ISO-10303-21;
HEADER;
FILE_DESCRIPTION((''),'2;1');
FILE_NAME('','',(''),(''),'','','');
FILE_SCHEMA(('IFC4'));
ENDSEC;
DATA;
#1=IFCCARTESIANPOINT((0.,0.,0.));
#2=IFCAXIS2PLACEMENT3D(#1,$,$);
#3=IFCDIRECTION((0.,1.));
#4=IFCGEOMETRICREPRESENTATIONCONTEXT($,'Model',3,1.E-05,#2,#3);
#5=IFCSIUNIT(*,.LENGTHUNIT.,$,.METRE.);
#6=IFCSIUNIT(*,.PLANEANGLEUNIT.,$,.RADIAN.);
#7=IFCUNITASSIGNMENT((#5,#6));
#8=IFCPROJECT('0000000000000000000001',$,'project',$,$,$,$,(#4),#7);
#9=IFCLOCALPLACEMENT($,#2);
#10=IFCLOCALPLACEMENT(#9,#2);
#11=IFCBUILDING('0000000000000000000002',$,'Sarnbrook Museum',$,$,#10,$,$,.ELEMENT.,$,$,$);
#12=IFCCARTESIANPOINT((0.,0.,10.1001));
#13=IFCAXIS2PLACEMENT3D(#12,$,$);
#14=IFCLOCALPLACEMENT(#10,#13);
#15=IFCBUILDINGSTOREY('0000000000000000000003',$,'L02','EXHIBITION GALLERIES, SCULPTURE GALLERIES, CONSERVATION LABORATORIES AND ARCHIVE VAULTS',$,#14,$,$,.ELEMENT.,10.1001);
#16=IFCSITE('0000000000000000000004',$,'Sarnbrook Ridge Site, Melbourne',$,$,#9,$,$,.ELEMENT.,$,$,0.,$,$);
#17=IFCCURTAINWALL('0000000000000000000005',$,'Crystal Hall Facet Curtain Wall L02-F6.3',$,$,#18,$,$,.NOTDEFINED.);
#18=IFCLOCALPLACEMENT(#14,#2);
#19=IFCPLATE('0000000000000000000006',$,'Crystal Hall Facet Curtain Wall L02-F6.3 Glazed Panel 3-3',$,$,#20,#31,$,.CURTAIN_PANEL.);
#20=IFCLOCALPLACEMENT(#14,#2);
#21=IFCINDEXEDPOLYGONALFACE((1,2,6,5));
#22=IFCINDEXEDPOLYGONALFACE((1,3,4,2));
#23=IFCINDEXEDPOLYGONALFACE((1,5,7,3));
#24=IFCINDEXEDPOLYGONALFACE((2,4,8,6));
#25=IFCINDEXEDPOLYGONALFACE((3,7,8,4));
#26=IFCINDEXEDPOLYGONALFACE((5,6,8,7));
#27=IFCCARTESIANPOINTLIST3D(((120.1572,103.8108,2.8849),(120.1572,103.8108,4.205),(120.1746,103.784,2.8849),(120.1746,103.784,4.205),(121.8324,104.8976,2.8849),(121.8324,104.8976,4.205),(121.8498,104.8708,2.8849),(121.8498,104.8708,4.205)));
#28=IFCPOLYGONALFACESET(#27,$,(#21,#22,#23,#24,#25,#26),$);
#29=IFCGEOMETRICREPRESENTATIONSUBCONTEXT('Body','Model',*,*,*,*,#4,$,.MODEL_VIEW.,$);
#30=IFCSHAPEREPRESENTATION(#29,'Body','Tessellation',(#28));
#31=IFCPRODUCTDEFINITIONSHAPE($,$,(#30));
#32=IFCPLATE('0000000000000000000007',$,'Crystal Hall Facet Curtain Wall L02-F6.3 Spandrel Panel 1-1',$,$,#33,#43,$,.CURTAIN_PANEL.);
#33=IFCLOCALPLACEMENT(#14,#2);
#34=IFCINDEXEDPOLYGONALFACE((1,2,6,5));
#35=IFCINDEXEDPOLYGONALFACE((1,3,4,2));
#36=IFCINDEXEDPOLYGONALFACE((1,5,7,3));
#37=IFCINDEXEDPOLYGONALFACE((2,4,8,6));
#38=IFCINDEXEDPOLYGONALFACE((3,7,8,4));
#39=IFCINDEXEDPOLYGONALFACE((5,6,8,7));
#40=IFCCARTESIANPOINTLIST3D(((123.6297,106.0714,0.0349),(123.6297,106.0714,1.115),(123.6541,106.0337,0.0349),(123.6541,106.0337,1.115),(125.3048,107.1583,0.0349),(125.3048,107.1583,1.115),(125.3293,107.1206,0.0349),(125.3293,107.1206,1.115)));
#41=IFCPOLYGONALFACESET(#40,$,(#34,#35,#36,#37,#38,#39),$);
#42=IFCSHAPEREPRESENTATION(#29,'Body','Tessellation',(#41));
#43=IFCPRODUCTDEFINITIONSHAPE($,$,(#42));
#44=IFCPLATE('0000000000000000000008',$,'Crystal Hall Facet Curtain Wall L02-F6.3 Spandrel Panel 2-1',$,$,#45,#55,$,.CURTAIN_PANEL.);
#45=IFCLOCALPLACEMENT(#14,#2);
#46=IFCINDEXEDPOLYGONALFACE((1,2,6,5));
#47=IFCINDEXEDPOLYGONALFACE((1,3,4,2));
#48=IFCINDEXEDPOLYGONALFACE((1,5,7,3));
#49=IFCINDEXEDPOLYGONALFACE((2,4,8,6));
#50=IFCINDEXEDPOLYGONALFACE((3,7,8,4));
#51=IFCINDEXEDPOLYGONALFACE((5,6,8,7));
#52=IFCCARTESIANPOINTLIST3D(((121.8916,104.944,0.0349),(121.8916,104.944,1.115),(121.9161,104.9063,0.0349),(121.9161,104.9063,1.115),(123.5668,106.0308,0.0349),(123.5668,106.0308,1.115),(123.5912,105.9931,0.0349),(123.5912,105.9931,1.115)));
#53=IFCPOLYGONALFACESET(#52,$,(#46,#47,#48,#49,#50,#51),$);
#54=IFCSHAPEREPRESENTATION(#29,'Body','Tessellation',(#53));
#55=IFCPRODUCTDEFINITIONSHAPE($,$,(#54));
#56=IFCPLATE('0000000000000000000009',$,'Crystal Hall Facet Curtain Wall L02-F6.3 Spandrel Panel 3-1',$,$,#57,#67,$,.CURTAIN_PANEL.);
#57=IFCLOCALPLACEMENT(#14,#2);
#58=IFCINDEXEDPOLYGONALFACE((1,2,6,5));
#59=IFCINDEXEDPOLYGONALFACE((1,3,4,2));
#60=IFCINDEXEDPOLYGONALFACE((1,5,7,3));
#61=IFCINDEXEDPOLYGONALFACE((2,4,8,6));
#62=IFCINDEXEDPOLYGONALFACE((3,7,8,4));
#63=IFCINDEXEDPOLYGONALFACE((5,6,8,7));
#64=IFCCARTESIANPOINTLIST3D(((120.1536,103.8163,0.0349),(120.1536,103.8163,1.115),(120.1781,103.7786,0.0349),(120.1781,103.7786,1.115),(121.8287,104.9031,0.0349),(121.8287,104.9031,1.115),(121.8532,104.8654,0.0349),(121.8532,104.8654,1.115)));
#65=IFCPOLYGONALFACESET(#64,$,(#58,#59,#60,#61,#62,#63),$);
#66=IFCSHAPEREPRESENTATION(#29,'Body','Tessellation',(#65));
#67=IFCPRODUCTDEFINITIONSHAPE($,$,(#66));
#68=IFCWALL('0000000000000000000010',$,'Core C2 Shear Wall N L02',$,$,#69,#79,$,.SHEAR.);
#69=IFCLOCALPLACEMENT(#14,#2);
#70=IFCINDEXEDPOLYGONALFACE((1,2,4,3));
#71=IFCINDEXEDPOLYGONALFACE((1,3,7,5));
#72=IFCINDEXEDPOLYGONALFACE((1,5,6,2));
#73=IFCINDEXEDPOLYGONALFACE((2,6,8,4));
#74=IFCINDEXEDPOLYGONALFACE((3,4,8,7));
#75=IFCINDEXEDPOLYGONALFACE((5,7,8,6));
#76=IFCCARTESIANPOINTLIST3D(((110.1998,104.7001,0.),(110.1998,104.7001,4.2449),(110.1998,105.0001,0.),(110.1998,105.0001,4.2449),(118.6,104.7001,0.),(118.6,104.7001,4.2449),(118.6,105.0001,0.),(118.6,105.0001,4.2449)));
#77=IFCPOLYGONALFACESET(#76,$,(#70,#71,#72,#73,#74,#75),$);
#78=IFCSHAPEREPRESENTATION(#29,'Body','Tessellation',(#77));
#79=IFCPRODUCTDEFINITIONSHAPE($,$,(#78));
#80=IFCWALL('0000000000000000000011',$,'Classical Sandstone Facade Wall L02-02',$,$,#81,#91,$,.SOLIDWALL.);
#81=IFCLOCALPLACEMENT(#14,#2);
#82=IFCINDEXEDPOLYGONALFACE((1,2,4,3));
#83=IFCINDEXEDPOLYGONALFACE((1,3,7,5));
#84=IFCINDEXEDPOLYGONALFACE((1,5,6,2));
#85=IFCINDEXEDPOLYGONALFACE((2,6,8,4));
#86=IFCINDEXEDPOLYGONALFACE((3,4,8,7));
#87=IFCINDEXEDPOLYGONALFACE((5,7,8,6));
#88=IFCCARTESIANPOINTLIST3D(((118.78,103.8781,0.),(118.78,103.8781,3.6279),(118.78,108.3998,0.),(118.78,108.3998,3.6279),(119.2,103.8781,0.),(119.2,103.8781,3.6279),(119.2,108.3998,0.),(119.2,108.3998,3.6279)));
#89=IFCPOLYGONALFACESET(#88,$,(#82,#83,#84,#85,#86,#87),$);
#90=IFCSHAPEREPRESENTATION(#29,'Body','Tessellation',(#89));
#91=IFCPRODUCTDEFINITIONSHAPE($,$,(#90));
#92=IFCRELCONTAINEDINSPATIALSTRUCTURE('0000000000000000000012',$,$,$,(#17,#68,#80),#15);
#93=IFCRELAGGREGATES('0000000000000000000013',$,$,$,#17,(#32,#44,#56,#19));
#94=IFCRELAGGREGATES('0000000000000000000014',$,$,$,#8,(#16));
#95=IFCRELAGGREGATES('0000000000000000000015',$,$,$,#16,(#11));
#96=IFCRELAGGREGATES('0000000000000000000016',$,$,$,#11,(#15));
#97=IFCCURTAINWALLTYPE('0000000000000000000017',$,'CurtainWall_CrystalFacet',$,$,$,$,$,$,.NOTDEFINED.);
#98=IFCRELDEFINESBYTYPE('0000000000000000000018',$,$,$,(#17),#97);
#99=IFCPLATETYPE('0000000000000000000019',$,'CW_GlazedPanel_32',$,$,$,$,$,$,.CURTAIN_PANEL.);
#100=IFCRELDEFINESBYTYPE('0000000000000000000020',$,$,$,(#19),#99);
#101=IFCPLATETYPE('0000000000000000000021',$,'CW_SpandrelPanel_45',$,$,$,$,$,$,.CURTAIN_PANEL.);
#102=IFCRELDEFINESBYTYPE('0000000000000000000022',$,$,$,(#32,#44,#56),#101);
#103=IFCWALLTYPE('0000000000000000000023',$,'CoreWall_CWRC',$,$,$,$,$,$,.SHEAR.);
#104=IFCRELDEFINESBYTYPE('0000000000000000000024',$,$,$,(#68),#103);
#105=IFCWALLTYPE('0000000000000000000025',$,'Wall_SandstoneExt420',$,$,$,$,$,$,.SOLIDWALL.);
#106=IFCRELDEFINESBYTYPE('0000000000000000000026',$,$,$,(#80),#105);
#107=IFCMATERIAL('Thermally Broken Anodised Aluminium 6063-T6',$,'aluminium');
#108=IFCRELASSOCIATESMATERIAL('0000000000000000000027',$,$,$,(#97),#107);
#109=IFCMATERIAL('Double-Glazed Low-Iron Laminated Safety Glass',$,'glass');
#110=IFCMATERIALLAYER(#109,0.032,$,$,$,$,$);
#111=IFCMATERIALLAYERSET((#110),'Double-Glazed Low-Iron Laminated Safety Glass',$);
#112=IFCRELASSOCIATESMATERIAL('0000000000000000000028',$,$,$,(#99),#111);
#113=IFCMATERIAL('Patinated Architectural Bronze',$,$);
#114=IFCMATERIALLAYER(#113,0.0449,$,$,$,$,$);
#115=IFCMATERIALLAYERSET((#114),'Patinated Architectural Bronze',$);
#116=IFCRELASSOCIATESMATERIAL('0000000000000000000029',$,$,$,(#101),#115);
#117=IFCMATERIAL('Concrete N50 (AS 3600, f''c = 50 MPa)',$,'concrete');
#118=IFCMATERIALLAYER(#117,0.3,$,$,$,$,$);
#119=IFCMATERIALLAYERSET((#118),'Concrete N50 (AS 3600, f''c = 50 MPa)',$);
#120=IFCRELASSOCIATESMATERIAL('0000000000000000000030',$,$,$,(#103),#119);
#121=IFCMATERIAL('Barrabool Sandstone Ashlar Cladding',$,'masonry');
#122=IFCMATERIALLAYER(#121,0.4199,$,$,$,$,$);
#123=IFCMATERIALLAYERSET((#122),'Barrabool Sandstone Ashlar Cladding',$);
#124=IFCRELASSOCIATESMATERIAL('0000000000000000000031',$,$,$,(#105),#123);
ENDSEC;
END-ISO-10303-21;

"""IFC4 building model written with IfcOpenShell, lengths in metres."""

from ifc_helpers import new_model, si_unit, direction, frame, frame_2d, origin, origin_2d, place, context, subcontext, project, spatial, rectangle, extrude, material, layer, layer_set, type_object, element, aggregate, save


model = new_model("IFC4")

# Units and contexts
model_context = context("Model", 3, precision=1e-05, world=origin(), true_north=direction((0.0, 1.0)))
body_context = subcontext(model_context, "Body", "Model", "MODEL_VIEW")
ifc_project = project(units=[si_unit("LENGTHUNIT", "METRE"), si_unit("PLANEANGLEUNIT", "RADIAN")], contexts=[model_context])

# Site, building, storey
site_placement = place(None, origin())
site = spatial("IfcSite", under=ifc_project, at=site_placement, Name="Sarnbrook Ridge Site, Melbourne", CompositionType="ELEMENT", RefElevation=0.0)
building_placement = place(site_placement, origin())
building = spatial("IfcBuilding", under=site, at=building_placement, Name="Sarnbrook Museum", CompositionType="ELEMENT")
storey_placement = place(building_placement, frame((0.0, 0.0, 10.1001)))
storey = spatial("IfcBuildingStorey", under=building, at=storey_placement, Name="L02", Description="EXHIBITION GALLERIES, SCULPTURE GALLERIES, CONSERVATION LABORATORIES AND ARCHIVE VAULTS", CompositionType="ELEMENT", Elevation=10.1001)

# Shared definitions
ifc_material_1 = material(Name="Thermally Broken Anodised Aluminium 6063-T6", Category="aluminium")
curtain_wall_type = type_object("IfcCurtainWallType", Name="CurtainWall_CrystalFacet", PredefinedType="NOTDEFINED", material=ifc_material_1)

# Curtain wall, plates
curtain_wall_1_placement = place(storey_placement, origin())
curtain_wall_1 = element("IfcCurtainWall", 1, at=curtain_wall_1_placement, inside=storey, type_object=curtain_wall_type, Name="Crystal Hall Facet Curtain Wall L02-F6.3", PredefinedType="NOTDEFINED")
ifc_material_2 = material(Name="Double-Glazed Low-Iron Laminated Safety Glass", Category="glass")
ifc_layer_1 = layer(ifc_material_2, 0.032)
ifc_layer_set_1 = layer_set([ifc_layer_1], Name="Double-Glazed Low-Iron Laminated Safety Glass")
plate_type_1 = type_object("IfcPlateType", Name="CW_GlazedPanel_32", PredefinedType="CURTAIN_PANEL", material=ifc_layer_set_1)
plate_1_placement = place(storey_placement, frame((121.0122, 104.3274, 3.5449), z_axis=(-0.544284, 0.838901, 0.0), x_axis=(-0.838901, -0.544284, 0.0)))
plate_1 = element("IfcPlate", 2, at=plate_1_placement, type_object=plate_type_1, Name="Crystal Hall Facet Curtain Wall L02-F6.3 Glazed Panel 3-3", PredefinedType="CURTAIN_PANEL", context=body_context, shape_type="SweptSolid", body=[
    extrude(rectangle(XDim=1.9968, YDim=1.3201, at=origin_2d()), origin(), (0.0, 0.0, 1.0), 0.032),
])
ifc_material_3 = material(Name="Patinated Architectural Bronze")
ifc_layer_2 = layer(ifc_material_3, 0.0449)
ifc_layer_set_2 = layer_set([ifc_layer_2], Name="Patinated Architectural Bronze")
plate_type_2 = type_object("IfcPlateType", Name="CW_SpandrelPanel_45", PredefinedType="CURTAIN_PANEL", material=ifc_layer_set_2)
plate_2_placement = place(storey_placement, frame((124.4917, 106.5771, 0.575), z_axis=(-0.544284, 0.838901, 0.0), x_axis=(-0.838901, -0.544284, 0.0)))
plate_2 = element("IfcPlate", 3, at=plate_2_placement, type_object=plate_type_2, Name="Crystal Hall Facet Curtain Wall L02-F6.3 Spandrel Panel 1-1", PredefinedType="CURTAIN_PANEL", context=body_context, shape_type="SweptSolid", body=[
    extrude(rectangle(XDim=1.9968, YDim=1.0801, at=origin_2d()), origin(), (0.0, 0.0, 1.0), 0.0449),
])
plate_3_placement = place(storey_placement, frame((122.7537, 105.4497, 0.575), z_axis=(-0.544284, 0.838901, 0.0), x_axis=(-0.838901, -0.544284, 0.0)))
plate_3 = element("IfcPlate", 4, at=plate_3_placement, type_object=plate_type_2, Name="Crystal Hall Facet Curtain Wall L02-F6.3 Spandrel Panel 2-1", PredefinedType="CURTAIN_PANEL", context=body_context, shape_type="SweptSolid", body=[
    extrude(rectangle(XDim=1.9968, YDim=1.0801, at=origin_2d()), origin(), (0.0, 0.0, 1.0), 0.0449),
])
plate_4_placement = place(storey_placement, frame((121.0156, 104.322, 0.575), z_axis=(-0.544284, 0.838901, 0.0), x_axis=(-0.838901, -0.544284, 0.0)))
plate_4 = element("IfcPlate", 5, at=plate_4_placement, type_object=plate_type_2, Name="Crystal Hall Facet Curtain Wall L02-F6.3 Spandrel Panel 3-1", PredefinedType="CURTAIN_PANEL", context=body_context, shape_type="SweptSolid", body=[
    extrude(rectangle(XDim=1.9968, YDim=1.0801, at=origin_2d()), origin(), (0.0, 0.0, 1.0), 0.0449),
])
aggregate(curtain_wall_1, [plate_2, plate_3, plate_4, plate_1])

# Walls
ifc_material_4 = material(Name="Concrete N50 (AS 3600, f'c = 50 MPa)", Category="concrete")
ifc_layer_3 = layer(ifc_material_4, 0.3)
ifc_layer_set_3 = layer_set([ifc_layer_3], Name="Concrete N50 (AS 3600, f'c = 50 MPa)")
wall_type_1 = type_object("IfcWallType", Name="CoreWall_CWRC", PredefinedType="SHEAR", material=ifc_layer_set_3)
wall_1_placement = place(storey_placement, frame((118.6001, 104.8501, 0.0), z_axis=(0.0, 0.0, 1.0), x_axis=(-1.0, 0.0, 0.0)))
element("IfcWall", 6, at=wall_1_placement, inside=storey, type_object=wall_type_1, Name="Core C2 Shear Wall N L02", PredefinedType="SHEAR", context=body_context, shape_type="SweptSolid", body=[
    extrude(rectangle(XDim=8.4001, YDim=0.3, at=frame_2d((4.2002, 0.0))), origin(), (0.0, 0.0, 1.0), 4.2449),
])
ifc_material_5 = material(Name="Barrabool Sandstone Ashlar Cladding", Category="masonry")
ifc_layer_4 = layer(ifc_material_5, 0.4199)
ifc_layer_set_4 = layer_set([ifc_layer_4], Name="Barrabool Sandstone Ashlar Cladding")
wall_type_2 = type_object("IfcWallType", Name="Wall_SandstoneExt420", PredefinedType="SOLIDWALL", material=ifc_layer_set_4)
wall_2_placement = place(storey_placement, frame((118.99, 103.8782, 0.0), z_axis=(0.0, 0.0, 1.0), x_axis=(0.0, 1.0, 0.0)))
element("IfcWall", 7, at=wall_2_placement, inside=storey, type_object=wall_type_2, Name="Classical Sandstone Facade Wall L02-02", PredefinedType="SOLIDWALL", context=body_context, shape_type="SweptSolid", body=[
    extrude(rectangle(XDim=4.5217, YDim=0.4199, at=frame_2d((2.2607, 0.0))), origin(), (0.0, 0.0, 1.0), 3.6279),
])

save(model, "model.ifc")
